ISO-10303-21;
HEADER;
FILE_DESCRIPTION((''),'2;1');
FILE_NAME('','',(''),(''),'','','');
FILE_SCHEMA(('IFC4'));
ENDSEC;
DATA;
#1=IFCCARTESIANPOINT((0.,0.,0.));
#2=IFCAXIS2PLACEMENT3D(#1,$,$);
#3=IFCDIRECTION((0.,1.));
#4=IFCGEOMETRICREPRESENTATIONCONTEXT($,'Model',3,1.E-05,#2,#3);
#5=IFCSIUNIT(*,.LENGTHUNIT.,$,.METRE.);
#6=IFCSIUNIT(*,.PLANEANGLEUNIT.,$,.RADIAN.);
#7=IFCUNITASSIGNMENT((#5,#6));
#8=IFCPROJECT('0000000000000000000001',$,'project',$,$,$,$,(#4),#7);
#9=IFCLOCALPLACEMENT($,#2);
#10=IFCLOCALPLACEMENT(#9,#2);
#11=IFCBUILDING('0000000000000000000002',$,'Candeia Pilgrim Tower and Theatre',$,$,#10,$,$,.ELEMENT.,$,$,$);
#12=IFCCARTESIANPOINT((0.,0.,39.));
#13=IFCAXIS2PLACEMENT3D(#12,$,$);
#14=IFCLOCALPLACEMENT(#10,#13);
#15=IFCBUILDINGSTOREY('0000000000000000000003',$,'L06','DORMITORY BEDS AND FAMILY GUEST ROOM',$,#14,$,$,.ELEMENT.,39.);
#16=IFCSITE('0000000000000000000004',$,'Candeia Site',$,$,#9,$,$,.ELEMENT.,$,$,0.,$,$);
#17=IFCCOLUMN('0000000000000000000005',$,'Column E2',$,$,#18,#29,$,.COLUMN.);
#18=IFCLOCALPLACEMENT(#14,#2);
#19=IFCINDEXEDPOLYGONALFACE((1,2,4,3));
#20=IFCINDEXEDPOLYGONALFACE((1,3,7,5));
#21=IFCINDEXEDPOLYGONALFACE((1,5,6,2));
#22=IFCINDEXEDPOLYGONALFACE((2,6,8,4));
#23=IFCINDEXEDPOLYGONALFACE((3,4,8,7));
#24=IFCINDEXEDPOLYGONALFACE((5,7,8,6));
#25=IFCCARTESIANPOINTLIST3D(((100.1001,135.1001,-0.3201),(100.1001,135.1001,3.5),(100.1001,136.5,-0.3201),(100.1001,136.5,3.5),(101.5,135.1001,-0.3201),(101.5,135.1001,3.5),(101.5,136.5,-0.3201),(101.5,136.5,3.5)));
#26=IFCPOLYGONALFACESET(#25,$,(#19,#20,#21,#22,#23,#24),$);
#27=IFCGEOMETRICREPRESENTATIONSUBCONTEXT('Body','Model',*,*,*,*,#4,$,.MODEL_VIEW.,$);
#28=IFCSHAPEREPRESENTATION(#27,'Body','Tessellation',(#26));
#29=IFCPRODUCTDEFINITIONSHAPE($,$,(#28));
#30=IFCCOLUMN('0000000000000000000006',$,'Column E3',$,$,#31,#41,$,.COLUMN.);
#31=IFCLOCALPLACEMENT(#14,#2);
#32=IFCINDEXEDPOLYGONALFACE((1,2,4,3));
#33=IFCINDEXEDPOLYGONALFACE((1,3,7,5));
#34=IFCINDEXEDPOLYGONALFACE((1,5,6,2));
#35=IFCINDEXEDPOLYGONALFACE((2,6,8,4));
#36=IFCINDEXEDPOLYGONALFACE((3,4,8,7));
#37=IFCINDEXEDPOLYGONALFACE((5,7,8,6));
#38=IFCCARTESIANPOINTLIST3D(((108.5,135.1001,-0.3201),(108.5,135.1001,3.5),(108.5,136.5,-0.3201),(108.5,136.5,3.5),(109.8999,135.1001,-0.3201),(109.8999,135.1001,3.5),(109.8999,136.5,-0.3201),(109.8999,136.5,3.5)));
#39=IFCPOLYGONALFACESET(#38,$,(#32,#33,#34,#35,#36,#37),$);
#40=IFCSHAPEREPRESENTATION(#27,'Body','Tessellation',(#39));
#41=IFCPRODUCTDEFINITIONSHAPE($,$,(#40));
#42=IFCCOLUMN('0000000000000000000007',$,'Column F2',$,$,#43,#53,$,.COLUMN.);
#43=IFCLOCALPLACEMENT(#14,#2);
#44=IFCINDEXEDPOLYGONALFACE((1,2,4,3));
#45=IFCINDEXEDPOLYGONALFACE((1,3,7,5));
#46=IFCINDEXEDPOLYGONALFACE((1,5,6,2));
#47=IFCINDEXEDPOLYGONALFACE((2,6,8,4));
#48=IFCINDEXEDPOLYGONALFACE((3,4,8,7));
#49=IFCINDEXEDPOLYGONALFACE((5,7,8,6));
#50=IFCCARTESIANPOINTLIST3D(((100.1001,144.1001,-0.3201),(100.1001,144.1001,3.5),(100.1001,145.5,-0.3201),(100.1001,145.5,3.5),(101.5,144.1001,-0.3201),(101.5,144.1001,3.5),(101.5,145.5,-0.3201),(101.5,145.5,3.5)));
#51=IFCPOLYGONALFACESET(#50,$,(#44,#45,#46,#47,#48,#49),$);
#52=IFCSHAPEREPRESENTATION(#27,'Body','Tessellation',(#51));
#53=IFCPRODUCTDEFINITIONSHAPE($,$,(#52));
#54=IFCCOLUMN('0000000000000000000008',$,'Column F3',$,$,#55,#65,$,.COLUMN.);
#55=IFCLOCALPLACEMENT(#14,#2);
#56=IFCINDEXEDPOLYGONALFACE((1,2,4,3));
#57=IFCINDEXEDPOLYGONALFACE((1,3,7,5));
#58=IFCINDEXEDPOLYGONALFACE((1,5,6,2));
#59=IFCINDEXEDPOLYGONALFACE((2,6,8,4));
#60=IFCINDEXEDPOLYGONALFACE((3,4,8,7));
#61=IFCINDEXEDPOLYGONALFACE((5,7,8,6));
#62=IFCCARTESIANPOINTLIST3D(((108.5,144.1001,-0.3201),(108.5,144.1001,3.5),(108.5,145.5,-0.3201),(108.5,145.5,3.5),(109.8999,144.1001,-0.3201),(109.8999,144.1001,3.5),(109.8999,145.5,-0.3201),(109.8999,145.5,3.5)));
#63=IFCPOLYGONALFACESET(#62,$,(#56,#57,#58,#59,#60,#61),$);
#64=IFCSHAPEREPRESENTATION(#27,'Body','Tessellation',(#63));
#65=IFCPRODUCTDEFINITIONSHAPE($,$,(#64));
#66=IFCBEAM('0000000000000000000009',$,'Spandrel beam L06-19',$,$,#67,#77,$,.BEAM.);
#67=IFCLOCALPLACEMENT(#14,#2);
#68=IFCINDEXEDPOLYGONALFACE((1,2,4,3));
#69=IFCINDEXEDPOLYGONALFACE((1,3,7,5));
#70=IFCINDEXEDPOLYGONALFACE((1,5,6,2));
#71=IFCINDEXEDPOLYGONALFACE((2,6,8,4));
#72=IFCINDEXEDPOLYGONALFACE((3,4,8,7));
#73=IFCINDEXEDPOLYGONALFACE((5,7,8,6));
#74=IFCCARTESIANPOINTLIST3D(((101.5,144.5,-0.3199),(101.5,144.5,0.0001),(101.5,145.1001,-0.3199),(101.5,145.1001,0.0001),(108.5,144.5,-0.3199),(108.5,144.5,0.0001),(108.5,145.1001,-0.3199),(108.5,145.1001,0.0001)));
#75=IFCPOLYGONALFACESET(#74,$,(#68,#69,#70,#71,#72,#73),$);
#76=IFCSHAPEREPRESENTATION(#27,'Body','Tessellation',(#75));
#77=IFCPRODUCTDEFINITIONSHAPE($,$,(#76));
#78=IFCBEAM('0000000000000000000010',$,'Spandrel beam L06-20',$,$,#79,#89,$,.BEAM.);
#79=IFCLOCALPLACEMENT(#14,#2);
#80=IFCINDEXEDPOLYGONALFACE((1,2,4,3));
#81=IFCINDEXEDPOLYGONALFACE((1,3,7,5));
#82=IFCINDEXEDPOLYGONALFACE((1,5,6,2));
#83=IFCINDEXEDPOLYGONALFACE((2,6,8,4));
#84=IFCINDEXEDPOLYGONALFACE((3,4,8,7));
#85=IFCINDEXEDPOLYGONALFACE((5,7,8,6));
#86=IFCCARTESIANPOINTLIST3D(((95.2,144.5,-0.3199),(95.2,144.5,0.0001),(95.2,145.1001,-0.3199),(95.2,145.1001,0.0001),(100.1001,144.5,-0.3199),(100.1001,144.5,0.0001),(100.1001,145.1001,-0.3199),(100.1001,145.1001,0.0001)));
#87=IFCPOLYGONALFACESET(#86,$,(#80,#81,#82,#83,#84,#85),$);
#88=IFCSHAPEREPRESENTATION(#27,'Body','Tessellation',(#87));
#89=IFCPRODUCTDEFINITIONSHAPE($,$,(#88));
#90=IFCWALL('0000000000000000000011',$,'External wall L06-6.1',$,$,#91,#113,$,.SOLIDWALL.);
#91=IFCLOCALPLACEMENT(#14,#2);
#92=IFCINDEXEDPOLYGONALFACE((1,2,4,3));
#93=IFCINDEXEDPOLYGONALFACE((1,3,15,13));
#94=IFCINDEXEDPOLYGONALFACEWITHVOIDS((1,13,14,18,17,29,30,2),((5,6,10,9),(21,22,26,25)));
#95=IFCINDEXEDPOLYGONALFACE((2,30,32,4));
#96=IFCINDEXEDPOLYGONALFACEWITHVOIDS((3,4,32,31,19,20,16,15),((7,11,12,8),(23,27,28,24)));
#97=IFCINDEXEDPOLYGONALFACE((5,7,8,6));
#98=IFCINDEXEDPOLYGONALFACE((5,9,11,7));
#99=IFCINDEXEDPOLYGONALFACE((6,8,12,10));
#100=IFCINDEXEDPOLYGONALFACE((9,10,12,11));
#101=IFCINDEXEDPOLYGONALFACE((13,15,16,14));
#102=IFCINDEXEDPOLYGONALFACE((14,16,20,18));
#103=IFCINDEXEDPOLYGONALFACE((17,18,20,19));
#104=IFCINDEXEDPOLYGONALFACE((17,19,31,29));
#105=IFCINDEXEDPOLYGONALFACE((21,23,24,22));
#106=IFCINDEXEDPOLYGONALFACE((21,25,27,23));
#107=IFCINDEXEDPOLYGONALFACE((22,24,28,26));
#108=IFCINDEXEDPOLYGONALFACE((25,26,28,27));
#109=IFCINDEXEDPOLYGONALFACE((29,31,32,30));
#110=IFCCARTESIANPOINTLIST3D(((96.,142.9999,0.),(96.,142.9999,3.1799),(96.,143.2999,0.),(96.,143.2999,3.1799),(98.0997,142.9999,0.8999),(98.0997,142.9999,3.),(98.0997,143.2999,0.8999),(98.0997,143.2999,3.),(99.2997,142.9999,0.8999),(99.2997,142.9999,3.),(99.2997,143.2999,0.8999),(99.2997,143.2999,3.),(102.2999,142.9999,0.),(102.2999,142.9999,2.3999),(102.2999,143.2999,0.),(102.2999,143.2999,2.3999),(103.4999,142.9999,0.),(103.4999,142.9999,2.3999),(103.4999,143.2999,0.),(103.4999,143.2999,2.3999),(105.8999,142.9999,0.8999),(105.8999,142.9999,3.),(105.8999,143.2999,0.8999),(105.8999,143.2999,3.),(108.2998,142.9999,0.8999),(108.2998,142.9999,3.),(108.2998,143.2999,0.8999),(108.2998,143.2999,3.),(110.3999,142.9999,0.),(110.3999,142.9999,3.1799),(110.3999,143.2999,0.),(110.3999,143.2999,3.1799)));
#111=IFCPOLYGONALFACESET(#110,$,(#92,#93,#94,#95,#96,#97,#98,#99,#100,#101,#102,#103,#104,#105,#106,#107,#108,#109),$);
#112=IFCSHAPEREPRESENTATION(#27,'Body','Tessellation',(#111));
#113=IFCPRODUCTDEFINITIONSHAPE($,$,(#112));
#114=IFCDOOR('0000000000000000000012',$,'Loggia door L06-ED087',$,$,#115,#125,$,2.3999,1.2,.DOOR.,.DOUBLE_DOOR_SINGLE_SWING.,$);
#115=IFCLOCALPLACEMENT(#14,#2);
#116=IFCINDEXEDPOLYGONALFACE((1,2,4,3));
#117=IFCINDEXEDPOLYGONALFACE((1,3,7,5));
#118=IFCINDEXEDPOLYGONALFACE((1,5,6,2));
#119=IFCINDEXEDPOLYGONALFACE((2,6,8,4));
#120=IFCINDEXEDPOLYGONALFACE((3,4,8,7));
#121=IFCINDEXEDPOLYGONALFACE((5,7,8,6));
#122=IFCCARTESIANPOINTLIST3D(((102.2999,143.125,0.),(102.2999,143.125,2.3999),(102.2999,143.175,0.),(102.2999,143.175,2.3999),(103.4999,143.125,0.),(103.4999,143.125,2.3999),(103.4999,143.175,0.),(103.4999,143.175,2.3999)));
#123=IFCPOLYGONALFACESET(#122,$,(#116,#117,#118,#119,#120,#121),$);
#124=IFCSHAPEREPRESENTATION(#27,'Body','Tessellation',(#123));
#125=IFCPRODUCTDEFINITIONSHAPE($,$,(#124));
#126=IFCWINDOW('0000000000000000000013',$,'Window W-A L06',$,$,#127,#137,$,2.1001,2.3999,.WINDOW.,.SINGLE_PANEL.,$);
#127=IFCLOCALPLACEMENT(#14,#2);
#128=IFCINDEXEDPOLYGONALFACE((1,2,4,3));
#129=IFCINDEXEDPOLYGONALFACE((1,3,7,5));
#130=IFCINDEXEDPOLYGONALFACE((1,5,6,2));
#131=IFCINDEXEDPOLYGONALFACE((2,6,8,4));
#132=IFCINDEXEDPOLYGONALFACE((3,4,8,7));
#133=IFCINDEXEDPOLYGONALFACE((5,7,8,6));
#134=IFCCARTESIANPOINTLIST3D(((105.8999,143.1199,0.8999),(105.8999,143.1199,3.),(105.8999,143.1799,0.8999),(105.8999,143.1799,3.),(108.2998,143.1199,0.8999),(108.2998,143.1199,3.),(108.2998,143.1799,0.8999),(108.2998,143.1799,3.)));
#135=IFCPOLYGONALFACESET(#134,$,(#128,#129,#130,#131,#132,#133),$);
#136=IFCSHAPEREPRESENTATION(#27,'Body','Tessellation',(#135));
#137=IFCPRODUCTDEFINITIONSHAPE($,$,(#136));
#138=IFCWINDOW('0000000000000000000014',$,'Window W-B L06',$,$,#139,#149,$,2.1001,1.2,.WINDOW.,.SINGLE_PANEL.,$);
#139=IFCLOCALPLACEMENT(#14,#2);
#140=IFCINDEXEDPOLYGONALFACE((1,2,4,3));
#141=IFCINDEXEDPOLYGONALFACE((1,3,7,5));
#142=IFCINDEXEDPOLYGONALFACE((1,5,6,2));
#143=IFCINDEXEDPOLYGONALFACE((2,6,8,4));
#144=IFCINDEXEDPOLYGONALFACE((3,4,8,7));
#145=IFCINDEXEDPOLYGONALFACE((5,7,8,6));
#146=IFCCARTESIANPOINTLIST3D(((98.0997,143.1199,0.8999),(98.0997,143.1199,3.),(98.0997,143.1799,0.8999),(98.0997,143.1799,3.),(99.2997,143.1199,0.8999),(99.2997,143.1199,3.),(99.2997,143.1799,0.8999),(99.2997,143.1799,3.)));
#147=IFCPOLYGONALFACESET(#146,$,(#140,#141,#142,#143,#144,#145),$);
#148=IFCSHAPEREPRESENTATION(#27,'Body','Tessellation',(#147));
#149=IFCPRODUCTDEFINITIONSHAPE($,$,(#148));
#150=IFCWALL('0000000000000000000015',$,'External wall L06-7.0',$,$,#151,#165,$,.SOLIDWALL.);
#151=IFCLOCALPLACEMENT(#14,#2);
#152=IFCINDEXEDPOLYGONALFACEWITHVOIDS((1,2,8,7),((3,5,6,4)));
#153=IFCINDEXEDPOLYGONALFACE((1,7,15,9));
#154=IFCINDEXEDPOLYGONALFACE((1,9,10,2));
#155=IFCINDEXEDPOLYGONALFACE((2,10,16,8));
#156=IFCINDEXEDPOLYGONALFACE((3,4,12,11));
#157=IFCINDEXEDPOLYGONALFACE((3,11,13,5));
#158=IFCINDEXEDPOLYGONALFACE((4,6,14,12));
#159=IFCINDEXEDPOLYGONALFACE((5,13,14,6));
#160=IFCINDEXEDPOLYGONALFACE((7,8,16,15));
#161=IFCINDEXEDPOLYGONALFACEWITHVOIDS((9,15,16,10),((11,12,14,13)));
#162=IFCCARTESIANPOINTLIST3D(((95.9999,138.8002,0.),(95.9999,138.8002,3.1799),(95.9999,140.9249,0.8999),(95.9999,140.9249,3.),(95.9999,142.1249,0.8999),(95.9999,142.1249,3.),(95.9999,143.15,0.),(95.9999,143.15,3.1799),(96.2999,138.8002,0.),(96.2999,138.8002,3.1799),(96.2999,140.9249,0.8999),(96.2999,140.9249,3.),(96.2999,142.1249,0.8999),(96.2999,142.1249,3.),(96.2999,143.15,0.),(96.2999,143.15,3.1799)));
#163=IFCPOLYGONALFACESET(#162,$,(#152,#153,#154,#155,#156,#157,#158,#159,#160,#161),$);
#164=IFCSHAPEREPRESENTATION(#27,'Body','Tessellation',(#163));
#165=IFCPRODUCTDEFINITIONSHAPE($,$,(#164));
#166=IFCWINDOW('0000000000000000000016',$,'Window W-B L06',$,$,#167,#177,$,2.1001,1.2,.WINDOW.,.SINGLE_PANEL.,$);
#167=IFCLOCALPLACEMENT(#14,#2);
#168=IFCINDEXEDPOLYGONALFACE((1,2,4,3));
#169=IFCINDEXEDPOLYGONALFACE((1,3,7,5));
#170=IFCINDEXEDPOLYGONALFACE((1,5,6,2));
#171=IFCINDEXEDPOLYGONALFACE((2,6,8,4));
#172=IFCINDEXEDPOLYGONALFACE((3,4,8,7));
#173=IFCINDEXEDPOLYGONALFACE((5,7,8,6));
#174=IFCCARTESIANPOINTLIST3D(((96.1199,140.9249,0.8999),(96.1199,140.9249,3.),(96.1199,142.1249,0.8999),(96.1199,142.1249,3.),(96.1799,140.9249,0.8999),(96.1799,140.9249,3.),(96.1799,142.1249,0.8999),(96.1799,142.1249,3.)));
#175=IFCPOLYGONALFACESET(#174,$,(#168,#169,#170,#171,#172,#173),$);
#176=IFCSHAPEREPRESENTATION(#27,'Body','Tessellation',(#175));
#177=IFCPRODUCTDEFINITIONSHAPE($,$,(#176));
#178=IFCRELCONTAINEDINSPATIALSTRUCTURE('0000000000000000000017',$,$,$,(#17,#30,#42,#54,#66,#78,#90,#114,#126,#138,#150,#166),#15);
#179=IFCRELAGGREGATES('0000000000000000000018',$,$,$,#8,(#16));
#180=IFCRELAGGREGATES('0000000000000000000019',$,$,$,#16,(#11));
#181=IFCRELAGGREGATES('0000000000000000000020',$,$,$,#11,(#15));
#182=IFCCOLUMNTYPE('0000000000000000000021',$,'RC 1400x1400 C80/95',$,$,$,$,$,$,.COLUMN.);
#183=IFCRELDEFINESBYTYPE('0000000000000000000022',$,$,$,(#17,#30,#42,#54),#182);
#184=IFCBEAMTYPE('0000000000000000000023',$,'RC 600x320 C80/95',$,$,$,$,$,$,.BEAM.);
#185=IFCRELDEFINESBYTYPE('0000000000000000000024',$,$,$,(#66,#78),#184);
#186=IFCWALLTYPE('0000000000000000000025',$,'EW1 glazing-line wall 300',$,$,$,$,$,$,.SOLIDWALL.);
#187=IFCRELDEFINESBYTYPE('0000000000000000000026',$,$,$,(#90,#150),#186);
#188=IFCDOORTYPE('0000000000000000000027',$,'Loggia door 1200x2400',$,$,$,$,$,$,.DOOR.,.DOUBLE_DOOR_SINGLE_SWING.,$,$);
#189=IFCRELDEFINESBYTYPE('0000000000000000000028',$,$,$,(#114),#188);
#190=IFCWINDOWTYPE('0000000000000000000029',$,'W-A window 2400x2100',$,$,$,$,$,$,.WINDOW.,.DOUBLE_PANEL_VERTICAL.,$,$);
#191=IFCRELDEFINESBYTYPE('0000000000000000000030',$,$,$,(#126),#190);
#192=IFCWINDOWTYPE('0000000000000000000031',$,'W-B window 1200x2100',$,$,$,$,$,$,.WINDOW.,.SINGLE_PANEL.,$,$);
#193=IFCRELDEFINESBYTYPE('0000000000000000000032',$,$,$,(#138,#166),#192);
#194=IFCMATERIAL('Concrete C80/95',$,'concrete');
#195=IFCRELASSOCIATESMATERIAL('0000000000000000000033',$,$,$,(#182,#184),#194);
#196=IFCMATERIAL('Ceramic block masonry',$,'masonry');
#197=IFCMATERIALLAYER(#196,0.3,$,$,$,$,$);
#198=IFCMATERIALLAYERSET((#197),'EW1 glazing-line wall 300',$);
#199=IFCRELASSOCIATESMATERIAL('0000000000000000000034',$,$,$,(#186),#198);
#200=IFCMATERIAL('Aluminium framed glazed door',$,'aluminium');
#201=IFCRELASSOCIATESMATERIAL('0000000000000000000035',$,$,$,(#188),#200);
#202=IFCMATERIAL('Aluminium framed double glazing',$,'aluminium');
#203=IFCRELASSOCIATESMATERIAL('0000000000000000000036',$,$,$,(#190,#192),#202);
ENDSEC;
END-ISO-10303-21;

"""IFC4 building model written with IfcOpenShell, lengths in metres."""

from ifc_helpers import new_model, si_unit, direction, frame, frame_2d, origin, origin_2d, place, context, subcontext, project, spatial, rectangle, extrude, material, layer, layer_set, material_profile, profile_set, type_object, element, fill, save


model = new_model("IFC4")

# Units and contexts
model_context = context("Model", 3, precision=1e-05, world=origin(), true_north=direction((0.0, 1.0)))
body_context = subcontext(model_context, "Body", "Model", "MODEL_VIEW")
ifc_project = project(units=[si_unit("LENGTHUNIT", "METRE"), si_unit("PLANEANGLEUNIT", "RADIAN")], contexts=[model_context])

# Site, building, storey
site_placement = place(None, origin())
site = spatial("IfcSite", under=ifc_project, at=site_placement, Name="Candeia Site", CompositionType="ELEMENT", RefElevation=0.0)
building_placement = place(site_placement, origin())
building = spatial("IfcBuilding", under=site, at=building_placement, Name="Candeia Pilgrim Tower and Theatre", CompositionType="ELEMENT")
storey_placement = place(building_placement, frame((0.0, 0.0, 39.0)))
storey = spatial("IfcBuildingStorey", under=building, at=storey_placement, Name="L06", Description="DORMITORY BEDS AND FAMILY GUEST ROOM", CompositionType="ELEMENT", Elevation=39.0)

# Columns
ifc_material_1 = material(Name="Concrete C80/95", Category="concrete")
ifc_material_profile_1 = material_profile(ifc_material_1, rectangle(XDim=1.3999, YDim=1.3999, at=origin_2d()))
ifc_profile_set_1 = profile_set([ifc_material_profile_1], Name="Concrete C80/95")
column_type = type_object("IfcColumnType", Name="RC 1400x1400 C80/95", PredefinedType="COLUMN", material=ifc_profile_set_1)
for number, where, z_axis, x_axis, name in (
    (1, (100.8, 135.8, -0.3201), (0.0, 0.0, 1.0), (1.0, 0.0, 0.0), "Column E2"),
    (2, (109.2, 135.8, -0.3201), (0.0, 0.0, 1.0), (1.0, 0.0, 0.0), "Column E3"),
    (3, (100.8, 144.8, -0.3201), (0.0, 0.0, 1.0), (1.0, 0.0, 0.0), "Column F2"),
    (4, (109.2, 144.8, -0.3201), (0.0, 0.0, 1.0), (1.0, 0.0, 0.0), "Column F3"),
):
    element("IfcColumn", number, at=place(storey_placement, frame(where, z_axis=z_axis, x_axis=x_axis)), inside=storey, type_object=column_type, Name=name, PredefinedType="COLUMN", context=body_context, shape_type="SweptSolid", body=[
        extrude(rectangle(XDim=1.3999, YDim=1.3999, at=origin_2d()), origin(), (0.0, 0.0, 1.0), 3.8201),
    ])

# Beams
ifc_material_profile_2 = material_profile(ifc_material_1, rectangle(XDim=0.6001, YDim=0.3201, at=origin_2d()))
ifc_profile_set_2 = profile_set([ifc_material_profile_2], Name="Concrete C80/95")
beam_type = type_object("IfcBeamType", Name="RC 600x320 C80/95", PredefinedType="BEAM", material=ifc_profile_set_2)
beam_1_placement = place(storey_placement, frame((108.5, 144.8, -0.1599), z_axis=(-1.0, 0.0, 0.0), x_axis=(0.0, -1.0, 0.0)))
element("IfcBeam", 5, at=beam_1_placement, inside=storey, type_object=beam_type, Name="Spandrel beam L06-19", PredefinedType="BEAM", context=body_context, shape_type="SweptSolid", body=[
    extrude(rectangle(XDim=0.6001, YDim=0.3201, at=origin_2d()), origin(), (0.0, 0.0, 1.0), 7.0),
])
beam_2_placement = place(storey_placement, frame((100.1001, 144.8, -0.1599), z_axis=(-1.0, 0.0, 0.0), x_axis=(0.0, -1.0, 0.0)))
element("IfcBeam", 6, at=beam_2_placement, inside=storey, type_object=beam_type, Name="Spandrel beam L06-20", PredefinedType="BEAM", context=body_context, shape_type="SweptSolid", body=[
    extrude(rectangle(XDim=0.6001, YDim=0.3201, at=origin_2d()), origin(), (0.0, 0.0, 1.0), 4.9001),
])

# Wall, openings, door, windows
ifc_material_2 = material(Name="Ceramic block masonry", Category="masonry")
ifc_layer_1 = layer(ifc_material_2, 0.3)
ifc_layer_set_1 = layer_set([ifc_layer_1], Name="EW1 glazing-line wall 300")
wall_type_1 = type_object("IfcWallType", Name="EW1 glazing-line wall 300", PredefinedType="SOLIDWALL", material=ifc_layer_set_1)
wall_1_placement = place(storey_placement, frame((110.3999, 143.1499, 0.0), z_axis=(0.0, 0.0, 1.0), x_axis=(-1.0, 0.0, 0.0)))
wall_1 = element("IfcWall", 7, at=wall_1_placement, inside=storey, type_object=wall_type_1, Name="External wall L06-6.1", PredefinedType="SOLIDWALL", context=body_context, shape_type="SweptSolid", body=[
    extrude(rectangle(XDim=14.3999, YDim=0.3, at=frame_2d((7.2, 0.0))), origin(), (0.0, 0.0, 1.0), 3.1799),
])
opening_1_placement = place(wall_1_placement, frame((2.1001, 0.0, 0.8999)))
opening_1 = element("IfcOpeningElement", 8, at=opening_1_placement, cuts=wall_1, PredefinedType="OPENING", context=body_context, shape_type="SweptSolid", body=[
    extrude(rectangle(XDim=2.3999, YDim=2.1001, at=frame_2d((1.2, 1.05))), frame((0.0, 0.1602, 0.0), z_axis=(0.0, -1.0, 0.0), x_axis=(1.0, 0.0, 0.0)), (0.0, 0.0, 1.0), 0.3201),
])
opening_2_placement = place(wall_1_placement, frame((6.8999, 0.0, 0.0)))
opening_2 = element("IfcOpeningElement", 9, at=opening_2_placement, cuts=wall_1, PredefinedType="OPENING", context=body_context, shape_type="SweptSolid", body=[
    extrude(rectangle(XDim=1.2, YDim=2.3999, at=frame_2d((0.6001, 1.2))), frame((0.0, 0.1602, 0.0), z_axis=(0.0, -1.0, 0.0), x_axis=(1.0, 0.0, 0.0)), (0.0, 0.0, 1.0), 0.3201),
])
opening_3_placement = place(wall_1_placement, frame((11.1001, 0.0, 0.8999)))
opening_3 = element("IfcOpeningElement", 10, at=opening_3_placement, cuts=wall_1, PredefinedType="OPENING", context=body_context, shape_type="SweptSolid", body=[
    extrude(rectangle(XDim=1.2, YDim=2.1001, at=frame_2d((0.6001, 1.05))), frame((0.0, 0.1602, 0.0), z_axis=(0.0, -1.0, 0.0), x_axis=(1.0, 0.0, 0.0)), (0.0, 0.0, 1.0), 0.3201),
])
ifc_material_3 = material(Name="Aluminium framed glazed door", Category="aluminium")
door_type_1 = type_object("IfcDoorType", Name="Loggia door 1200x2400", OperationType="DOUBLE_DOOR_SINGLE_SWING", PredefinedType="DOOR", material=ifc_material_3)
door_1_placement = place(opening_2_placement, origin())
door_1 = element("IfcDoor", 11, at=door_1_placement, inside=storey, type_object=door_type_1, Name="Loggia door L06-ED087", OperationType="DOUBLE_DOOR_SINGLE_SWING", OverallHeight=2.3999, OverallWidth=1.2, PredefinedType="DOOR", context=body_context, shape_type="SweptSolid", body=[
    extrude(rectangle(XDim=1.2, YDim=2.3999, at=frame_2d((0.6001, 1.2))), frame((0.0, 0.0249, 0.0), z_axis=(0.0, -1.0, 0.0), x_axis=(1.0, 0.0, 0.0)), (0.0, 0.0, 1.0), 0.05),
])
fill(opening_2, door_1)
ifc_material_4 = material(Name="Aluminium framed double glazing", Category="aluminium")
window_type_1 = type_object("IfcWindowType", Name="W-A window 2400x2100", PartitioningType="DOUBLE_PANEL_VERTICAL", PredefinedType="WINDOW", material=ifc_material_4)
window_1_placement = place(opening_1_placement, origin())
window_1 = element("IfcWindow", 12, at=window_1_placement, inside=storey, type_object=window_type_1, Name="Window W-A L06", OverallHeight=2.1001, OverallWidth=2.3999, PartitioningType="SINGLE_PANEL", PredefinedType="WINDOW", context=body_context, shape_type="SweptSolid", body=[
    extrude(rectangle(XDim=2.3999, YDim=2.1001, at=frame_2d((1.2, 1.05))), frame((0.0, 0.03, 0.0), z_axis=(0.0, -1.0, 0.0), x_axis=(1.0, 0.0, 0.0)), (0.0, 0.0, 1.0), 0.0601),
])
fill(opening_1, window_1)
window_type_2 = type_object("IfcWindowType", Name="W-B window 1200x2100", PartitioningType="SINGLE_PANEL", PredefinedType="WINDOW", material=ifc_material_4)
window_2_placement = place(opening_3_placement, origin())
window_2 = element("IfcWindow", 13, at=window_2_placement, inside=storey, type_object=window_type_2, Name="Window W-B L06", OverallHeight=2.1001, OverallWidth=1.2, PartitioningType="SINGLE_PANEL", PredefinedType="WINDOW", context=body_context, shape_type="SweptSolid", body=[
    extrude(rectangle(XDim=1.2, YDim=2.1001, at=frame_2d((0.6001, 1.05))), frame((0.0, 0.03, 0.0), z_axis=(0.0, -1.0, 0.0), x_axis=(1.0, 0.0, 0.0)), (0.0, 0.0, 1.0), 0.0601),
])
fill(opening_3, window_2)

# Wall, opening, window
wall_2_placement = place(storey_placement, frame((96.1499, 143.1499, 0.0), z_axis=(0.0, 0.0, 1.0), x_axis=(0.0, -1.0, 0.0)))
wall_2 = element("IfcWall", 14, at=wall_2_placement, inside=storey, type_object=wall_type_1, Name="External wall L06-7.0", PredefinedType="SOLIDWALL", context=body_context, shape_type="SweptSolid", body=[
    extrude(rectangle(XDim=4.3499, YDim=0.3, at=frame_2d((2.1748, 0.0))), origin(), (0.0, 0.0, 1.0), 3.1799),
])
opening_4_placement = place(wall_2_placement, frame((1.0249, 0.0, 0.8999)))
opening_4 = element("IfcOpeningElement", 15, at=opening_4_placement, cuts=wall_2, PredefinedType="OPENING", context=body_context, shape_type="SweptSolid", body=[
    extrude(rectangle(XDim=1.2, YDim=2.1001, at=frame_2d((0.6001, 1.05))), frame((0.0, 0.1602, 0.0), z_axis=(0.0, -1.0, 0.0), x_axis=(1.0, 0.0, 0.0)), (0.0, 0.0, 1.0), 0.3201),
])
window_3_placement = place(opening_4_placement, origin())
window_3 = element("IfcWindow", 16, at=window_3_placement, inside=storey, type_object=window_type_2, Name="Window W-B L06", OverallHeight=2.1001, OverallWidth=1.2, PartitioningType="SINGLE_PANEL", PredefinedType="WINDOW", context=body_context, shape_type="SweptSolid", body=[
    extrude(rectangle(XDim=1.2, YDim=2.1001, at=frame_2d((0.6001, 1.05))), frame((0.0, 0.03, 0.0), z_axis=(0.0, -1.0, 0.0), x_axis=(1.0, 0.0, 0.0)), (0.0, 0.0, 1.0), 0.0601),
])
fill(opening_4, window_3)

save(model, "model.ifc")
